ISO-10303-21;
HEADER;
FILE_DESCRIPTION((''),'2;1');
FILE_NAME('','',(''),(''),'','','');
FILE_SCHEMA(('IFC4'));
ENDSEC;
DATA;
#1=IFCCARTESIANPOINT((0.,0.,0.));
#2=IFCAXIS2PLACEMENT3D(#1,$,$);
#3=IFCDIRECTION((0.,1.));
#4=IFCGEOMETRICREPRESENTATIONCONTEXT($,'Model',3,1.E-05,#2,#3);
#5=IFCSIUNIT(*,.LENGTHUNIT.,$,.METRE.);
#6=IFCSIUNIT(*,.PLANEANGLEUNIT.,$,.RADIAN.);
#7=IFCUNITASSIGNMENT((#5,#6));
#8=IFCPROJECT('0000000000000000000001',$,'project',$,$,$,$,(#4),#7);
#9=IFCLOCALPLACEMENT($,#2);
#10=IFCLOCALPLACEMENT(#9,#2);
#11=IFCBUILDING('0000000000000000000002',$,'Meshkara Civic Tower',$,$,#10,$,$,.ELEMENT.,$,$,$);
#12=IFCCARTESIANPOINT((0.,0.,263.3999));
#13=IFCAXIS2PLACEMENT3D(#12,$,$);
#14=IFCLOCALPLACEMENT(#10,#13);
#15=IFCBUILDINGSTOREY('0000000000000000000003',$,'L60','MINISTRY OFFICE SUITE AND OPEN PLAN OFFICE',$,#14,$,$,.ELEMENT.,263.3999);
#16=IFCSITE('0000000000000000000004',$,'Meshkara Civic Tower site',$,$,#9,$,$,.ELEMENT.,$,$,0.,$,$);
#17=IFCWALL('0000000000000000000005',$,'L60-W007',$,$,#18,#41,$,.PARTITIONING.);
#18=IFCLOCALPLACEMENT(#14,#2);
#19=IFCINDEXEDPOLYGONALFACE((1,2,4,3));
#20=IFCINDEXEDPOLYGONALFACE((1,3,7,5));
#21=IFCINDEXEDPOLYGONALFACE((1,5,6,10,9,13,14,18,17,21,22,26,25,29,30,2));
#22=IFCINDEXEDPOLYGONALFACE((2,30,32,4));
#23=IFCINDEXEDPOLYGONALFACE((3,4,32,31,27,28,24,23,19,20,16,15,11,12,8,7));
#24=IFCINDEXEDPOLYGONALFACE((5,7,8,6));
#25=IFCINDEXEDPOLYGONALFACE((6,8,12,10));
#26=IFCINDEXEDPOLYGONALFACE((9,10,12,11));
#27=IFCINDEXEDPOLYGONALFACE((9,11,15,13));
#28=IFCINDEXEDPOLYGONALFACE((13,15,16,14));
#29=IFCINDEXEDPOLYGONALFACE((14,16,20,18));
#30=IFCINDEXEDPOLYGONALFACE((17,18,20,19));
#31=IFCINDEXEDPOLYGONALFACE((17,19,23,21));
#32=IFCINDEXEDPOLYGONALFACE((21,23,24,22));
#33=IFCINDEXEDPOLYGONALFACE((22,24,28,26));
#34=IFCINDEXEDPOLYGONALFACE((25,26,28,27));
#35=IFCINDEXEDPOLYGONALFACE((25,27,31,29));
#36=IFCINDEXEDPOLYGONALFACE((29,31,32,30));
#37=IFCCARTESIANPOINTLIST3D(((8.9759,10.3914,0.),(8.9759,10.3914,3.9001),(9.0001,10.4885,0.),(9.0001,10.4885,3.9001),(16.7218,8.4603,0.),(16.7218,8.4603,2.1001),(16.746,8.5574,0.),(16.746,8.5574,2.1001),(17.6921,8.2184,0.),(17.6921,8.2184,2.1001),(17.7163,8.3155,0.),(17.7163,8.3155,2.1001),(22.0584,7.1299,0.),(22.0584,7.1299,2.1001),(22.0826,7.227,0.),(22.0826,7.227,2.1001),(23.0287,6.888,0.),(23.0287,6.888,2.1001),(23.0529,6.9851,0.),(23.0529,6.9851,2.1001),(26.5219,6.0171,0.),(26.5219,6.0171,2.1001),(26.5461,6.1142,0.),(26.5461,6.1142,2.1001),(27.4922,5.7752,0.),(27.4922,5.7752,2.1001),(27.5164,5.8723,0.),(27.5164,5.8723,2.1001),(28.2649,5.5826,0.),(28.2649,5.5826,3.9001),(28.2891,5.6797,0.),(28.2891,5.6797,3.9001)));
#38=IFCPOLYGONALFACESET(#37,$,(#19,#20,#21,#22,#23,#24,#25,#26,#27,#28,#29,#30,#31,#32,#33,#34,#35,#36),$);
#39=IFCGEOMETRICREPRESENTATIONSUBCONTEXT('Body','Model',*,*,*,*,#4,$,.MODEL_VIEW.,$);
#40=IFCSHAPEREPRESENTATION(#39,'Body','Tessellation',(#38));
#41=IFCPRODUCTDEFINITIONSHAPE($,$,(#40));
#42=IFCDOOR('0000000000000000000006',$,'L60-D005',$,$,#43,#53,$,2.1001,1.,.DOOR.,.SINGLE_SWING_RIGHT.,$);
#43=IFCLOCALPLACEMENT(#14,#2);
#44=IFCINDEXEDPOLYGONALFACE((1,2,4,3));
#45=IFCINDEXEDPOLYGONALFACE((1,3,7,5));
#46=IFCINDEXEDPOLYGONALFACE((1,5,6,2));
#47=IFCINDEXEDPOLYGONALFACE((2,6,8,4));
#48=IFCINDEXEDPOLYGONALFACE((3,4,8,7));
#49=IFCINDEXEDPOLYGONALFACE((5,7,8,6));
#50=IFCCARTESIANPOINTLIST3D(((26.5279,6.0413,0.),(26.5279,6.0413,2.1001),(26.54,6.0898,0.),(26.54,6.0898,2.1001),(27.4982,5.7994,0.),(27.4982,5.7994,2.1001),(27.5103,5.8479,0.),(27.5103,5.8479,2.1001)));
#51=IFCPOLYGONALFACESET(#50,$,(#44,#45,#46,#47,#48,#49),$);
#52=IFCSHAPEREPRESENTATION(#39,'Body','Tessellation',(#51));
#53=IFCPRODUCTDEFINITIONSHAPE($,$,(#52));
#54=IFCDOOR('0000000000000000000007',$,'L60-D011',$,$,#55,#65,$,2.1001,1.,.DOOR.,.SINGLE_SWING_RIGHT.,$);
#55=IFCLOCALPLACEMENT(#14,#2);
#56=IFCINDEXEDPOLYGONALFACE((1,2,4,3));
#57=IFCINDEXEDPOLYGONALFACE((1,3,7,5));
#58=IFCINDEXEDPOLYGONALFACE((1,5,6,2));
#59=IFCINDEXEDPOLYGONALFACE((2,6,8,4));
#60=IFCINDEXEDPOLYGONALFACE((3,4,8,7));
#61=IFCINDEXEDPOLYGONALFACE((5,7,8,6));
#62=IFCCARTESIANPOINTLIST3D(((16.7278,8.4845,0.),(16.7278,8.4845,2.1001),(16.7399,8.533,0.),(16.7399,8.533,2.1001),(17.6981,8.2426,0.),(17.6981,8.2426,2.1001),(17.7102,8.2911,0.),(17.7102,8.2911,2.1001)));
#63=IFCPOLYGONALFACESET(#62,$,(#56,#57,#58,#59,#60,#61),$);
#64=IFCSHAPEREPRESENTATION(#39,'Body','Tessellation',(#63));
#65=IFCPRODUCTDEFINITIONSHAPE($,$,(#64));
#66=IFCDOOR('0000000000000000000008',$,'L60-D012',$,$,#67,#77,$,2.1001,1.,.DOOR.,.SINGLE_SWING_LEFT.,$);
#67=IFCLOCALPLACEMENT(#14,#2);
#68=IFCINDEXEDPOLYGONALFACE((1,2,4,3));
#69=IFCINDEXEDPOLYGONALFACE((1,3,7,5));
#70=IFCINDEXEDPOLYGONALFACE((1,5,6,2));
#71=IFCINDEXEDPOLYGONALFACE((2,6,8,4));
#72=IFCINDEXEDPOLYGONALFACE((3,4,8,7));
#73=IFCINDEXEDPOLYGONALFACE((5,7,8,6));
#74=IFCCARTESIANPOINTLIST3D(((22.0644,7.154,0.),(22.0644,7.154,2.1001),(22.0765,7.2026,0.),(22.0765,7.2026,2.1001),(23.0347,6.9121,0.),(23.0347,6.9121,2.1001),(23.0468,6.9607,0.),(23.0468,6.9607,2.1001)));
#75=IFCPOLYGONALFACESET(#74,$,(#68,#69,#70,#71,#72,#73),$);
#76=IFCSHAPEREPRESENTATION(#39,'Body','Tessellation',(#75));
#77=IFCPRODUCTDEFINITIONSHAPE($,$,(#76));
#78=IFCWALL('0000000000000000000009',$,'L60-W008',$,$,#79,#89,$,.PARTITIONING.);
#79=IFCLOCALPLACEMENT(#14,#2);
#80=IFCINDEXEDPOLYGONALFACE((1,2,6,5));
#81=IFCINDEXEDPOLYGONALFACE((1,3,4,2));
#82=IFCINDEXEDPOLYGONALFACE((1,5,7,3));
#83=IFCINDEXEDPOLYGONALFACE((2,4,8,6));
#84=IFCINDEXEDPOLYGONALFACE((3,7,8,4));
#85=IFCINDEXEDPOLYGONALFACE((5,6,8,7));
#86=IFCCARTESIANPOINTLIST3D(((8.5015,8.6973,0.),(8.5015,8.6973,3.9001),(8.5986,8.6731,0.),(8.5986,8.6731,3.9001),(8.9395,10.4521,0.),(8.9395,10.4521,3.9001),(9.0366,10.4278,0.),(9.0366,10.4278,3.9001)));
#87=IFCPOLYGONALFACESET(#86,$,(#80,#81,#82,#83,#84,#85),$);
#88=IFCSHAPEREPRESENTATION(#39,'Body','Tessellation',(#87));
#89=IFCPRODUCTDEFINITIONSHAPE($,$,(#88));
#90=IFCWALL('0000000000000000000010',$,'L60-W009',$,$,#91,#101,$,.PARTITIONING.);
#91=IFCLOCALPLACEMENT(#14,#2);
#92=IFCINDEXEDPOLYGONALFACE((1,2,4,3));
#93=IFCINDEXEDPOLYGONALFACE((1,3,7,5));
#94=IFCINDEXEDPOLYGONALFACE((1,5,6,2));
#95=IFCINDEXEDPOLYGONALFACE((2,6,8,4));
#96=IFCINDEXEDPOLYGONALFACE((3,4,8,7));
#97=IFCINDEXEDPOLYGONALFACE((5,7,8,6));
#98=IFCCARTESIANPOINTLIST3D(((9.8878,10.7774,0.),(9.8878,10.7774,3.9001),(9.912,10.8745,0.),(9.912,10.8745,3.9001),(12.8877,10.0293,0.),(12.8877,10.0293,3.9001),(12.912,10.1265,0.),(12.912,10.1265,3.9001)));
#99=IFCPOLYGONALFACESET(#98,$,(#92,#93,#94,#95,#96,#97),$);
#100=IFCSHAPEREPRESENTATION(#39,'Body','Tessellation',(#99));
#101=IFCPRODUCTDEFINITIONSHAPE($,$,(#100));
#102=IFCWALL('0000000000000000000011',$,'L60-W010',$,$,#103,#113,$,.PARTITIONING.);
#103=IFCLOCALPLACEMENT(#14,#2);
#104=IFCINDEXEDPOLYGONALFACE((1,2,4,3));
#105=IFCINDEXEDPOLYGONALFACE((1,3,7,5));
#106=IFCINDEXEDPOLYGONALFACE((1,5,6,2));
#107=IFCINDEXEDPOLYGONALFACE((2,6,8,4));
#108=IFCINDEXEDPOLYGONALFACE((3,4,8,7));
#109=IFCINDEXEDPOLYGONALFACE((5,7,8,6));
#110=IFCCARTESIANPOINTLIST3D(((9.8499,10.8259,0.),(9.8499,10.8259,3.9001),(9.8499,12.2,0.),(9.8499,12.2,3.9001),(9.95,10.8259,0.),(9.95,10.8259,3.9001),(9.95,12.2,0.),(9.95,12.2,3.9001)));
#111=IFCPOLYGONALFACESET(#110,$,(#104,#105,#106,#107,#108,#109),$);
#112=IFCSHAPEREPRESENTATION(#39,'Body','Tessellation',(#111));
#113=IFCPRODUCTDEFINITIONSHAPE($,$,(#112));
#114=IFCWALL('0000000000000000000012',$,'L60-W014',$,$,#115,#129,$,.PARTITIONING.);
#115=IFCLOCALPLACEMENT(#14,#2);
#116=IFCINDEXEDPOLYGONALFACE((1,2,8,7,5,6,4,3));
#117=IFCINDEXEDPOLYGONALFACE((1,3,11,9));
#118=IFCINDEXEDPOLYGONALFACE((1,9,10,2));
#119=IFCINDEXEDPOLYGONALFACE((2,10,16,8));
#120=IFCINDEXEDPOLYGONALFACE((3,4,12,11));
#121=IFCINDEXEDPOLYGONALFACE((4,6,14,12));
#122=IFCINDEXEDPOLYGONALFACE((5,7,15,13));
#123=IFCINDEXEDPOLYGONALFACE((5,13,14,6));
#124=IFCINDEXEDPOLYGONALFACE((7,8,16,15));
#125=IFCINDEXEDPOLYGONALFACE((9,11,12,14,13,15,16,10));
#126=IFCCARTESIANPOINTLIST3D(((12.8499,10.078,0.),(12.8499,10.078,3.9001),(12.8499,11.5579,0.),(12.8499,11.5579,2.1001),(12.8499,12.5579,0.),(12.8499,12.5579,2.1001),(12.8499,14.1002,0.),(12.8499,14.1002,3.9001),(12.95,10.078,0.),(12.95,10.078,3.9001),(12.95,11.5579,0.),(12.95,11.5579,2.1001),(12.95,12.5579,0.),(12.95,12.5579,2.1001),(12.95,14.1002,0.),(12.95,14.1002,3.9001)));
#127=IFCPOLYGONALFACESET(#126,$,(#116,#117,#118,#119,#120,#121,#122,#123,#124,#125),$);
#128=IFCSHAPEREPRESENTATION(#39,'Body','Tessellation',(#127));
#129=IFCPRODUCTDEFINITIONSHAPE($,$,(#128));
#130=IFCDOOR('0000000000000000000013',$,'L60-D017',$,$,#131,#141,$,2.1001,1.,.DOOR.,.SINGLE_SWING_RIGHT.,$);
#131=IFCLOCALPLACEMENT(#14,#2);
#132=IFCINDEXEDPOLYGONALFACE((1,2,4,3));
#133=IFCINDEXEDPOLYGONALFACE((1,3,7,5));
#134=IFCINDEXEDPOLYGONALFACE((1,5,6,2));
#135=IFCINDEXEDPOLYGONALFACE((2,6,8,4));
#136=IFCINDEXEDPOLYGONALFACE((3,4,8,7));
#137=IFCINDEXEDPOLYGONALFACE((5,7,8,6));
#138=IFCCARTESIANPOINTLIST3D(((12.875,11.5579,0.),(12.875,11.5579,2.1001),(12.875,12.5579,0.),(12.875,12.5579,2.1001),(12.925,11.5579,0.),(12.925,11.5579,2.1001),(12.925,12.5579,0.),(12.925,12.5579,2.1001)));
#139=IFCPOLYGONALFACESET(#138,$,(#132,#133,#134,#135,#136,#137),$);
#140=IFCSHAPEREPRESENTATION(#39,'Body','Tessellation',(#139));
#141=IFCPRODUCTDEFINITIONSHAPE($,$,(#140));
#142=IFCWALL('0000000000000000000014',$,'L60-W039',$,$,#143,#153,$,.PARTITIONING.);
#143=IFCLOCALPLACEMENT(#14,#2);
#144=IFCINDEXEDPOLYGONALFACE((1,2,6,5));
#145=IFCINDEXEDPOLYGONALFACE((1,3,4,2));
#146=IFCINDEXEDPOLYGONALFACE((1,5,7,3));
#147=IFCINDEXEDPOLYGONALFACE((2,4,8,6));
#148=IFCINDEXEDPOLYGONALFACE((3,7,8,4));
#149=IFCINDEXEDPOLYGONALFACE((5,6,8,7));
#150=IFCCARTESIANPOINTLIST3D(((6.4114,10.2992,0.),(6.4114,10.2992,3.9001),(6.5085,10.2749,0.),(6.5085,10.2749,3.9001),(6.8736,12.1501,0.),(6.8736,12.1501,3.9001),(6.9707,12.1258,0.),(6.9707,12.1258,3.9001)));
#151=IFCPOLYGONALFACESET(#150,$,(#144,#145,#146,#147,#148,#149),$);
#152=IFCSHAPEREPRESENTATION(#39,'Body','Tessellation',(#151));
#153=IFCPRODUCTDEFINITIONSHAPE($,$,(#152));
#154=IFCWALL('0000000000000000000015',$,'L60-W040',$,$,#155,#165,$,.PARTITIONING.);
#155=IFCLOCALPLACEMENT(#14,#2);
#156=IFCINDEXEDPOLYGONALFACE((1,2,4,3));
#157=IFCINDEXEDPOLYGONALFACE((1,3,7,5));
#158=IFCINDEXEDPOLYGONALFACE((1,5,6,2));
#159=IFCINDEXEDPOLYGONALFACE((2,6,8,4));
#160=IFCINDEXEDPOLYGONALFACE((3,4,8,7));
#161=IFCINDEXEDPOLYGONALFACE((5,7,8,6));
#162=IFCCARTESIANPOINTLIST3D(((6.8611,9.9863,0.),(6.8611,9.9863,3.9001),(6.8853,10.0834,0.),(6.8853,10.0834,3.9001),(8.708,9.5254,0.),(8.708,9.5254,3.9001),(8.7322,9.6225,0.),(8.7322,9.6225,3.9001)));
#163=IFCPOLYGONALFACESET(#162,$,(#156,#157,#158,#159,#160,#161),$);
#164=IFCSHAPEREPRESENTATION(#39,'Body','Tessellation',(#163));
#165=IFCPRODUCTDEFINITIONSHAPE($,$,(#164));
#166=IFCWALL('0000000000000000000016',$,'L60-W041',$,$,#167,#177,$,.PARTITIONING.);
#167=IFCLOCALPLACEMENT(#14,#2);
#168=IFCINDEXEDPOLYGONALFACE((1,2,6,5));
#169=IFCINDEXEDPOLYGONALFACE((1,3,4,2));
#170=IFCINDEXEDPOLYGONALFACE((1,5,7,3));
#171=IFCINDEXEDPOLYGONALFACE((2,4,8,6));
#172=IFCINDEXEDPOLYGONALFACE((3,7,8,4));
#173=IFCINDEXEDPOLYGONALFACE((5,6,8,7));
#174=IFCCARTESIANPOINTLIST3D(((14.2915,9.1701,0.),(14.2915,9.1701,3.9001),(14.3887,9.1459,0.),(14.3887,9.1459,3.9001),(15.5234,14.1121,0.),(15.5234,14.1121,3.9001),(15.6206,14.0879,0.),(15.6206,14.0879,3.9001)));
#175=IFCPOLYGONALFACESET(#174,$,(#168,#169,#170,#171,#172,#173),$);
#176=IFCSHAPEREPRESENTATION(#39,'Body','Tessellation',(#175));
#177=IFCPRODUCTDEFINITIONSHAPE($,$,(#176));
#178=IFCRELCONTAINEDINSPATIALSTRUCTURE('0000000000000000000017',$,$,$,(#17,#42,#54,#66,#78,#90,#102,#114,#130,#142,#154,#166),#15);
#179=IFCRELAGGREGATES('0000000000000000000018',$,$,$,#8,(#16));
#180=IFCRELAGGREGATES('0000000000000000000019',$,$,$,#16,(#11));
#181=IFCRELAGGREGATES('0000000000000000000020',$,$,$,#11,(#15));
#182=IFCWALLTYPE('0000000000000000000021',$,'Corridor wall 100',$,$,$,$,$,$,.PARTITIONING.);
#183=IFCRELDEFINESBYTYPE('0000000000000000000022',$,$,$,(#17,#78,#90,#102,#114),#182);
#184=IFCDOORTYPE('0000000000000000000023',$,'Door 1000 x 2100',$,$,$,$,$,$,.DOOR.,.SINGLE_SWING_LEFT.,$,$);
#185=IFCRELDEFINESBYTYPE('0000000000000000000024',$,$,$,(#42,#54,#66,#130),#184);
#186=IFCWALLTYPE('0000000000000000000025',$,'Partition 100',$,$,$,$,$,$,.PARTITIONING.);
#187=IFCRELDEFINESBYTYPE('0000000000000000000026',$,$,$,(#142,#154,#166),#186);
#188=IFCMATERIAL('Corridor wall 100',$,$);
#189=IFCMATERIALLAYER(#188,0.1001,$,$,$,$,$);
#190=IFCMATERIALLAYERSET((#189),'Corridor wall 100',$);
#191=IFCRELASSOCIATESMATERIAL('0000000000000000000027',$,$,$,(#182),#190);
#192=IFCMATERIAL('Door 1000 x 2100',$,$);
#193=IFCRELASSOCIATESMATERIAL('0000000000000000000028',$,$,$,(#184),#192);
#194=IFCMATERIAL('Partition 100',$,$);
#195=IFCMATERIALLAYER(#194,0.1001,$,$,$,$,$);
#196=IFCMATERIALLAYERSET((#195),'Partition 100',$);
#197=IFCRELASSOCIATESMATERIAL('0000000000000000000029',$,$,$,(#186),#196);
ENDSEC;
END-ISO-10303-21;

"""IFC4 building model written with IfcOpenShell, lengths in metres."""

from ifc_helpers import new_model, si_unit, direction, frame, frame_2d, origin, place, context, subcontext, project, spatial, rectangle, extrude, material, layer, layer_set, type_object, element, fill, save


model = new_model("IFC4")

# Units and contexts
model_context = context("Model", 3, precision=1e-05, world=origin(), true_north=direction((0.0, 1.0)))
body_context = subcontext(model_context, "Body", "Model", "MODEL_VIEW")
ifc_project = project(units=[si_unit("LENGTHUNIT", "METRE"), si_unit("PLANEANGLEUNIT", "RADIAN")], contexts=[model_context])

# Site, building, storey
site_placement = place(None, origin())
site = spatial("IfcSite", under=ifc_project, at=site_placement, Name="Meshkara Civic Tower site", CompositionType="ELEMENT", RefElevation=0.0)
building_placement = place(site_placement, origin())
building = spatial("IfcBuilding", under=site, at=building_placement, Name="Meshkara Civic Tower", CompositionType="ELEMENT")
storey_placement = place(building_placement, frame((0.0, 0.0, 263.3999)))
storey = spatial("IfcBuildingStorey", under=building, at=storey_placement, Name="L60", Description="MINISTRY OFFICE SUITE AND OPEN PLAN OFFICE", CompositionType="ELEMENT", Elevation=263.3999)

# Wall, openings, doors
ifc_material_1 = material(Name="Corridor wall 100")
ifc_layer_1 = layer(ifc_material_1, 0.1001)
ifc_layer_set_1 = layer_set([ifc_layer_1], Name="Corridor wall 100")
wall_type_1 = type_object("IfcWallType", Name="Corridor wall 100", PredefinedType="PARTITIONING", material=ifc_layer_set_1)
ifc_material_2 = material(Name="Door 1000 x 2100")
door_type_1 = type_object("IfcDoorType", Name="Door 1000 x 2100", OperationType="SINGLE_SWING_LEFT", PredefinedType="DOOR", material=ifc_material_2)
wall_1_placement = place(storey_placement, frame((8.988, 10.4399, 0.0), z_axis=(0.0, 0.0, 1.0), x_axis=(0.970301, -0.2419, 0.0)))
wall_1 = element("IfcWall", 1, at=wall_1_placement, inside=storey, type_object=wall_type_1, Name="L60-W007", PredefinedType="PARTITIONING", context=body_context, shape_type="SweptSolid", body=[
    extrude(rectangle(XDim=19.8794, YDim=0.1001, at=frame_2d((9.9397, 0.0))), origin(), (0.0, 0.0, 1.0), 3.9001),
])
opening_1_placement = place(wall_1_placement, frame((18.083, 0.0, 0.0)))
opening_1 = element("IfcOpeningElement", 2, at=opening_1_placement, cuts=wall_1, PredefinedType="OPENING", context=body_context, shape_type="SweptSolid", body=[
    extrude(rectangle(XDim=1.0, YDim=2.1001, at=frame_2d((0.5, 1.05))), frame((0.0, 0.0601, 0.0), z_axis=(0.0, -1.0, 0.0), x_axis=(1.0, 0.0, 0.0)), (0.0, 0.0, 1.0), 0.1201),
])
opening_2_placement = place(wall_1_placement, frame((7.9829, 0.0, 0.0)))
opening_2 = element("IfcOpeningElement", 3, at=opening_2_placement, cuts=wall_1, PredefinedType="OPENING", context=body_context, shape_type="SweptSolid", body=[
    extrude(rectangle(XDim=1.0, YDim=2.1001, at=frame_2d((0.5, 1.05))), frame((0.0, 0.0601, 0.0), z_axis=(0.0, -1.0, 0.0), x_axis=(1.0, 0.0, 0.0)), (0.0, 0.0, 1.0), 0.1201),
])
opening_3_placement = place(wall_1_placement, frame((13.4829, 0.0, 0.0)))
opening_3 = element("IfcOpeningElement", 4, at=opening_3_placement, cuts=wall_1, PredefinedType="OPENING", context=body_context, shape_type="SweptSolid", body=[
    extrude(rectangle(XDim=1.0, YDim=2.1001, at=frame_2d((0.5, 1.05))), frame((0.0, 0.0601, 0.0), z_axis=(0.0, -1.0, 0.0), x_axis=(1.0, 0.0, 0.0)), (0.0, 0.0, 1.0), 0.1201),
])
door_1_placement = place(opening_1_placement, origin())
door_1 = element("IfcDoor", 5, at=door_1_placement, inside=storey, type_object=door_type_1, Name="L60-D005", OperationType="SINGLE_SWING_RIGHT", OverallHeight=2.1001, OverallWidth=1.0, PredefinedType="DOOR", context=body_context, shape_type="SweptSolid", body=[
    extrude(rectangle(XDim=1.0, YDim=2.1001, at=frame_2d((0.5, 1.05))), frame((0.0, 0.0249, 0.0), z_axis=(0.0, -1.0, 0.0), x_axis=(1.0, 0.0, 0.0)), (0.0, 0.0, 1.0), 0.05),
])
fill(opening_1, door_1)
door_2_placement = place(opening_2_placement, origin())
door_2 = element("IfcDoor", 6, at=door_2_placement, inside=storey, type_object=door_type_1, Name="L60-D011", OperationType="SINGLE_SWING_RIGHT", OverallHeight=2.1001, OverallWidth=1.0, PredefinedType="DOOR", context=body_context, shape_type="SweptSolid", body=[
    extrude(rectangle(XDim=1.0, YDim=2.1001, at=frame_2d((0.5, 1.05))), frame((0.0, 0.0249, 0.0), z_axis=(0.0, -1.0, 0.0), x_axis=(1.0, 0.0, 0.0)), (0.0, 0.0, 1.0), 0.05),
])
fill(opening_2, door_2)
door_3_placement = place(opening_3_placement, origin())
door_3 = element("IfcDoor", 7, at=door_3_placement, inside=storey, type_object=door_type_1, Name="L60-D012", OperationType="SINGLE_SWING_LEFT", OverallHeight=2.1001, OverallWidth=1.0, PredefinedType="DOOR", context=body_context, shape_type="SweptSolid", body=[
    extrude(rectangle(XDim=1.0, YDim=2.1001, at=frame_2d((0.5, 1.05))), frame((0.0, 0.0249, 0.0), z_axis=(0.0, -1.0, 0.0), x_axis=(1.0, 0.0, 0.0)), (0.0, 0.0, 1.0), 0.05),
])
fill(opening_3, door_3)

# Walls
wall_2_placement = place(storey_placement, frame((8.988, 10.4399, 0.0), z_axis=(0.0, 0.0, 1.0), x_axis=(-0.242154, -0.970238, 0.0)))
element("IfcWall", 8, at=wall_2_placement, inside=storey, type_object=wall_type_1, Name="L60-W008", PredefinedType="PARTITIONING", context=body_context, shape_type="SweptSolid", body=[
    extrude(rectangle(XDim=1.8086, YDim=0.1001, at=frame_2d((0.9043, 0.0))), origin(), (0.0, 0.0, 1.0), 3.9001),
])
wall_3_placement = place(storey_placement, frame((9.8999, 10.8259, 0.0), z_axis=(0.0, 0.0, 1.0), x_axis=(0.970291, -0.241941, 0.0)))
element("IfcWall", 9, at=wall_3_placement, inside=storey, type_object=wall_type_1, Name="L60-W009", PredefinedType="PARTITIONING", context=body_context, shape_type="SweptSolid", body=[
    extrude(rectangle(XDim=3.0918, YDim=0.1001, at=frame_2d((1.5459, 0.0))), origin(), (0.0, 0.0, 1.0), 3.9001),
])
wall_4_placement = place(storey_placement, frame((9.8999, 12.2, 0.0), z_axis=(0.0, 0.0, 1.0), x_axis=(0.0, -1.0, 0.0)))
element("IfcWall", 10, at=wall_4_placement, inside=storey, type_object=wall_type_1, Name="L60-W010", PredefinedType="PARTITIONING", context=body_context, shape_type="SweptSolid", body=[
    extrude(rectangle(XDim=1.374, YDim=0.1001, at=frame_2d((0.687, 0.0))), origin(), (0.0, 0.0, 1.0), 3.9001),
])

# Wall, opening, door
wall_5_placement = place(storey_placement, frame((12.8999, 10.0779, 0.0), z_axis=(0.0, 0.0, 1.0), x_axis=(0.0, 1.0, 0.0)))
wall_5 = element("IfcWall", 11, at=wall_5_placement, inside=storey, type_object=wall_type_1, Name="L60-W014", PredefinedType="PARTITIONING", context=body_context, shape_type="SweptSolid", body=[
    extrude(rectangle(XDim=4.0222, YDim=0.1001, at=frame_2d((2.0112, 0.0))), origin(), (0.0, 0.0, 1.0), 3.9001),
])
opening_4_placement = place(wall_5_placement, frame((1.48, 0.0, 0.0)))
opening_4 = element("IfcOpeningElement", 12, at=opening_4_placement, cuts=wall_5, PredefinedType="OPENING", context=body_context, shape_type="SweptSolid", body=[
    extrude(rectangle(XDim=1.0, YDim=2.1001, at=frame_2d((0.5, 1.05))), frame((0.0, 0.0601, 0.0), z_axis=(0.0, -1.0, 0.0), x_axis=(1.0, 0.0, 0.0)), (0.0, 0.0, 1.0), 0.1201),
])
door_4_placement = place(opening_4_placement, origin())
door_4 = element("IfcDoor", 13, at=door_4_placement, inside=storey, type_object=door_type_1, Name="L60-D017", OperationType="SINGLE_SWING_RIGHT", OverallHeight=2.1001, OverallWidth=1.0, PredefinedType="DOOR", context=body_context, shape_type="SweptSolid", body=[
    extrude(rectangle(XDim=1.0, YDim=2.1001, at=frame_2d((0.5, 1.05))), frame((0.0, 0.0249, 0.0), z_axis=(0.0, -1.0, 0.0), x_axis=(1.0, 0.0, 0.0)), (0.0, 0.0, 1.0), 0.05),
])
fill(opening_4, door_4)

# Walls
ifc_material_3 = material(Name="Partition 100")
ifc_layer_2 = layer(ifc_material_3, 0.1001)
ifc_layer_set_2 = layer_set([ifc_layer_2], Name="Partition 100")
wall_type_2 = type_object("IfcWallType", Name="Partition 100", PredefinedType="PARTITIONING", material=ifc_layer_set_2)
wall_6_placement = place(storey_placement, frame((6.9221, 12.1379, 0.0), z_axis=(0.0, 0.0, 1.0), x_axis=(-0.242265, -0.97021, 0.0)))
element("IfcWall", 14, at=wall_6_placement, inside=storey, type_object=wall_type_2, Name="L60-W039", PredefinedType="PARTITIONING", context=body_context, shape_type="SweptSolid", body=[
    extrude(rectangle(XDim=1.9077, YDim=0.1001, at=frame_2d((0.9539, 0.0))), origin(), (0.0, 0.0, 1.0), 3.9001),
])
wall_7_placement = place(storey_placement, frame((8.72, 9.574, 0.0), z_axis=(0.0, 0.0, 1.0), x_axis=(-0.97024, 0.242143, 0.0)))
element("IfcWall", 15, at=wall_7_placement, inside=storey, type_object=wall_type_2, Name="L60-W040", PredefinedType="PARTITIONING", context=body_context, shape_type="SweptSolid", body=[
    extrude(rectangle(XDim=1.9036, YDim=0.1001, at=frame_2d((0.9517, 0.0))), origin(), (0.0, 0.0, 1.0), 3.9001),
])
wall_8_placement = place(storey_placement, frame((14.3401, 9.158, 0.0), z_axis=(0.0, 0.0, 1.0), x_axis=(0.24187, 0.970309, 0.0)))
element("IfcWall", 16, at=wall_8_placement, inside=storey, type_object=wall_type_2, Name="L60-W041", PredefinedType="PARTITIONING", context=body_context, shape_type="SweptSolid", body=[
    extrude(rectangle(XDim=5.0933, YDim=0.1001, at=frame_2d((2.5466, 0.0))), origin(), (0.0, 0.0, 1.0), 3.9001),
])

save(model, "model.ifc")
